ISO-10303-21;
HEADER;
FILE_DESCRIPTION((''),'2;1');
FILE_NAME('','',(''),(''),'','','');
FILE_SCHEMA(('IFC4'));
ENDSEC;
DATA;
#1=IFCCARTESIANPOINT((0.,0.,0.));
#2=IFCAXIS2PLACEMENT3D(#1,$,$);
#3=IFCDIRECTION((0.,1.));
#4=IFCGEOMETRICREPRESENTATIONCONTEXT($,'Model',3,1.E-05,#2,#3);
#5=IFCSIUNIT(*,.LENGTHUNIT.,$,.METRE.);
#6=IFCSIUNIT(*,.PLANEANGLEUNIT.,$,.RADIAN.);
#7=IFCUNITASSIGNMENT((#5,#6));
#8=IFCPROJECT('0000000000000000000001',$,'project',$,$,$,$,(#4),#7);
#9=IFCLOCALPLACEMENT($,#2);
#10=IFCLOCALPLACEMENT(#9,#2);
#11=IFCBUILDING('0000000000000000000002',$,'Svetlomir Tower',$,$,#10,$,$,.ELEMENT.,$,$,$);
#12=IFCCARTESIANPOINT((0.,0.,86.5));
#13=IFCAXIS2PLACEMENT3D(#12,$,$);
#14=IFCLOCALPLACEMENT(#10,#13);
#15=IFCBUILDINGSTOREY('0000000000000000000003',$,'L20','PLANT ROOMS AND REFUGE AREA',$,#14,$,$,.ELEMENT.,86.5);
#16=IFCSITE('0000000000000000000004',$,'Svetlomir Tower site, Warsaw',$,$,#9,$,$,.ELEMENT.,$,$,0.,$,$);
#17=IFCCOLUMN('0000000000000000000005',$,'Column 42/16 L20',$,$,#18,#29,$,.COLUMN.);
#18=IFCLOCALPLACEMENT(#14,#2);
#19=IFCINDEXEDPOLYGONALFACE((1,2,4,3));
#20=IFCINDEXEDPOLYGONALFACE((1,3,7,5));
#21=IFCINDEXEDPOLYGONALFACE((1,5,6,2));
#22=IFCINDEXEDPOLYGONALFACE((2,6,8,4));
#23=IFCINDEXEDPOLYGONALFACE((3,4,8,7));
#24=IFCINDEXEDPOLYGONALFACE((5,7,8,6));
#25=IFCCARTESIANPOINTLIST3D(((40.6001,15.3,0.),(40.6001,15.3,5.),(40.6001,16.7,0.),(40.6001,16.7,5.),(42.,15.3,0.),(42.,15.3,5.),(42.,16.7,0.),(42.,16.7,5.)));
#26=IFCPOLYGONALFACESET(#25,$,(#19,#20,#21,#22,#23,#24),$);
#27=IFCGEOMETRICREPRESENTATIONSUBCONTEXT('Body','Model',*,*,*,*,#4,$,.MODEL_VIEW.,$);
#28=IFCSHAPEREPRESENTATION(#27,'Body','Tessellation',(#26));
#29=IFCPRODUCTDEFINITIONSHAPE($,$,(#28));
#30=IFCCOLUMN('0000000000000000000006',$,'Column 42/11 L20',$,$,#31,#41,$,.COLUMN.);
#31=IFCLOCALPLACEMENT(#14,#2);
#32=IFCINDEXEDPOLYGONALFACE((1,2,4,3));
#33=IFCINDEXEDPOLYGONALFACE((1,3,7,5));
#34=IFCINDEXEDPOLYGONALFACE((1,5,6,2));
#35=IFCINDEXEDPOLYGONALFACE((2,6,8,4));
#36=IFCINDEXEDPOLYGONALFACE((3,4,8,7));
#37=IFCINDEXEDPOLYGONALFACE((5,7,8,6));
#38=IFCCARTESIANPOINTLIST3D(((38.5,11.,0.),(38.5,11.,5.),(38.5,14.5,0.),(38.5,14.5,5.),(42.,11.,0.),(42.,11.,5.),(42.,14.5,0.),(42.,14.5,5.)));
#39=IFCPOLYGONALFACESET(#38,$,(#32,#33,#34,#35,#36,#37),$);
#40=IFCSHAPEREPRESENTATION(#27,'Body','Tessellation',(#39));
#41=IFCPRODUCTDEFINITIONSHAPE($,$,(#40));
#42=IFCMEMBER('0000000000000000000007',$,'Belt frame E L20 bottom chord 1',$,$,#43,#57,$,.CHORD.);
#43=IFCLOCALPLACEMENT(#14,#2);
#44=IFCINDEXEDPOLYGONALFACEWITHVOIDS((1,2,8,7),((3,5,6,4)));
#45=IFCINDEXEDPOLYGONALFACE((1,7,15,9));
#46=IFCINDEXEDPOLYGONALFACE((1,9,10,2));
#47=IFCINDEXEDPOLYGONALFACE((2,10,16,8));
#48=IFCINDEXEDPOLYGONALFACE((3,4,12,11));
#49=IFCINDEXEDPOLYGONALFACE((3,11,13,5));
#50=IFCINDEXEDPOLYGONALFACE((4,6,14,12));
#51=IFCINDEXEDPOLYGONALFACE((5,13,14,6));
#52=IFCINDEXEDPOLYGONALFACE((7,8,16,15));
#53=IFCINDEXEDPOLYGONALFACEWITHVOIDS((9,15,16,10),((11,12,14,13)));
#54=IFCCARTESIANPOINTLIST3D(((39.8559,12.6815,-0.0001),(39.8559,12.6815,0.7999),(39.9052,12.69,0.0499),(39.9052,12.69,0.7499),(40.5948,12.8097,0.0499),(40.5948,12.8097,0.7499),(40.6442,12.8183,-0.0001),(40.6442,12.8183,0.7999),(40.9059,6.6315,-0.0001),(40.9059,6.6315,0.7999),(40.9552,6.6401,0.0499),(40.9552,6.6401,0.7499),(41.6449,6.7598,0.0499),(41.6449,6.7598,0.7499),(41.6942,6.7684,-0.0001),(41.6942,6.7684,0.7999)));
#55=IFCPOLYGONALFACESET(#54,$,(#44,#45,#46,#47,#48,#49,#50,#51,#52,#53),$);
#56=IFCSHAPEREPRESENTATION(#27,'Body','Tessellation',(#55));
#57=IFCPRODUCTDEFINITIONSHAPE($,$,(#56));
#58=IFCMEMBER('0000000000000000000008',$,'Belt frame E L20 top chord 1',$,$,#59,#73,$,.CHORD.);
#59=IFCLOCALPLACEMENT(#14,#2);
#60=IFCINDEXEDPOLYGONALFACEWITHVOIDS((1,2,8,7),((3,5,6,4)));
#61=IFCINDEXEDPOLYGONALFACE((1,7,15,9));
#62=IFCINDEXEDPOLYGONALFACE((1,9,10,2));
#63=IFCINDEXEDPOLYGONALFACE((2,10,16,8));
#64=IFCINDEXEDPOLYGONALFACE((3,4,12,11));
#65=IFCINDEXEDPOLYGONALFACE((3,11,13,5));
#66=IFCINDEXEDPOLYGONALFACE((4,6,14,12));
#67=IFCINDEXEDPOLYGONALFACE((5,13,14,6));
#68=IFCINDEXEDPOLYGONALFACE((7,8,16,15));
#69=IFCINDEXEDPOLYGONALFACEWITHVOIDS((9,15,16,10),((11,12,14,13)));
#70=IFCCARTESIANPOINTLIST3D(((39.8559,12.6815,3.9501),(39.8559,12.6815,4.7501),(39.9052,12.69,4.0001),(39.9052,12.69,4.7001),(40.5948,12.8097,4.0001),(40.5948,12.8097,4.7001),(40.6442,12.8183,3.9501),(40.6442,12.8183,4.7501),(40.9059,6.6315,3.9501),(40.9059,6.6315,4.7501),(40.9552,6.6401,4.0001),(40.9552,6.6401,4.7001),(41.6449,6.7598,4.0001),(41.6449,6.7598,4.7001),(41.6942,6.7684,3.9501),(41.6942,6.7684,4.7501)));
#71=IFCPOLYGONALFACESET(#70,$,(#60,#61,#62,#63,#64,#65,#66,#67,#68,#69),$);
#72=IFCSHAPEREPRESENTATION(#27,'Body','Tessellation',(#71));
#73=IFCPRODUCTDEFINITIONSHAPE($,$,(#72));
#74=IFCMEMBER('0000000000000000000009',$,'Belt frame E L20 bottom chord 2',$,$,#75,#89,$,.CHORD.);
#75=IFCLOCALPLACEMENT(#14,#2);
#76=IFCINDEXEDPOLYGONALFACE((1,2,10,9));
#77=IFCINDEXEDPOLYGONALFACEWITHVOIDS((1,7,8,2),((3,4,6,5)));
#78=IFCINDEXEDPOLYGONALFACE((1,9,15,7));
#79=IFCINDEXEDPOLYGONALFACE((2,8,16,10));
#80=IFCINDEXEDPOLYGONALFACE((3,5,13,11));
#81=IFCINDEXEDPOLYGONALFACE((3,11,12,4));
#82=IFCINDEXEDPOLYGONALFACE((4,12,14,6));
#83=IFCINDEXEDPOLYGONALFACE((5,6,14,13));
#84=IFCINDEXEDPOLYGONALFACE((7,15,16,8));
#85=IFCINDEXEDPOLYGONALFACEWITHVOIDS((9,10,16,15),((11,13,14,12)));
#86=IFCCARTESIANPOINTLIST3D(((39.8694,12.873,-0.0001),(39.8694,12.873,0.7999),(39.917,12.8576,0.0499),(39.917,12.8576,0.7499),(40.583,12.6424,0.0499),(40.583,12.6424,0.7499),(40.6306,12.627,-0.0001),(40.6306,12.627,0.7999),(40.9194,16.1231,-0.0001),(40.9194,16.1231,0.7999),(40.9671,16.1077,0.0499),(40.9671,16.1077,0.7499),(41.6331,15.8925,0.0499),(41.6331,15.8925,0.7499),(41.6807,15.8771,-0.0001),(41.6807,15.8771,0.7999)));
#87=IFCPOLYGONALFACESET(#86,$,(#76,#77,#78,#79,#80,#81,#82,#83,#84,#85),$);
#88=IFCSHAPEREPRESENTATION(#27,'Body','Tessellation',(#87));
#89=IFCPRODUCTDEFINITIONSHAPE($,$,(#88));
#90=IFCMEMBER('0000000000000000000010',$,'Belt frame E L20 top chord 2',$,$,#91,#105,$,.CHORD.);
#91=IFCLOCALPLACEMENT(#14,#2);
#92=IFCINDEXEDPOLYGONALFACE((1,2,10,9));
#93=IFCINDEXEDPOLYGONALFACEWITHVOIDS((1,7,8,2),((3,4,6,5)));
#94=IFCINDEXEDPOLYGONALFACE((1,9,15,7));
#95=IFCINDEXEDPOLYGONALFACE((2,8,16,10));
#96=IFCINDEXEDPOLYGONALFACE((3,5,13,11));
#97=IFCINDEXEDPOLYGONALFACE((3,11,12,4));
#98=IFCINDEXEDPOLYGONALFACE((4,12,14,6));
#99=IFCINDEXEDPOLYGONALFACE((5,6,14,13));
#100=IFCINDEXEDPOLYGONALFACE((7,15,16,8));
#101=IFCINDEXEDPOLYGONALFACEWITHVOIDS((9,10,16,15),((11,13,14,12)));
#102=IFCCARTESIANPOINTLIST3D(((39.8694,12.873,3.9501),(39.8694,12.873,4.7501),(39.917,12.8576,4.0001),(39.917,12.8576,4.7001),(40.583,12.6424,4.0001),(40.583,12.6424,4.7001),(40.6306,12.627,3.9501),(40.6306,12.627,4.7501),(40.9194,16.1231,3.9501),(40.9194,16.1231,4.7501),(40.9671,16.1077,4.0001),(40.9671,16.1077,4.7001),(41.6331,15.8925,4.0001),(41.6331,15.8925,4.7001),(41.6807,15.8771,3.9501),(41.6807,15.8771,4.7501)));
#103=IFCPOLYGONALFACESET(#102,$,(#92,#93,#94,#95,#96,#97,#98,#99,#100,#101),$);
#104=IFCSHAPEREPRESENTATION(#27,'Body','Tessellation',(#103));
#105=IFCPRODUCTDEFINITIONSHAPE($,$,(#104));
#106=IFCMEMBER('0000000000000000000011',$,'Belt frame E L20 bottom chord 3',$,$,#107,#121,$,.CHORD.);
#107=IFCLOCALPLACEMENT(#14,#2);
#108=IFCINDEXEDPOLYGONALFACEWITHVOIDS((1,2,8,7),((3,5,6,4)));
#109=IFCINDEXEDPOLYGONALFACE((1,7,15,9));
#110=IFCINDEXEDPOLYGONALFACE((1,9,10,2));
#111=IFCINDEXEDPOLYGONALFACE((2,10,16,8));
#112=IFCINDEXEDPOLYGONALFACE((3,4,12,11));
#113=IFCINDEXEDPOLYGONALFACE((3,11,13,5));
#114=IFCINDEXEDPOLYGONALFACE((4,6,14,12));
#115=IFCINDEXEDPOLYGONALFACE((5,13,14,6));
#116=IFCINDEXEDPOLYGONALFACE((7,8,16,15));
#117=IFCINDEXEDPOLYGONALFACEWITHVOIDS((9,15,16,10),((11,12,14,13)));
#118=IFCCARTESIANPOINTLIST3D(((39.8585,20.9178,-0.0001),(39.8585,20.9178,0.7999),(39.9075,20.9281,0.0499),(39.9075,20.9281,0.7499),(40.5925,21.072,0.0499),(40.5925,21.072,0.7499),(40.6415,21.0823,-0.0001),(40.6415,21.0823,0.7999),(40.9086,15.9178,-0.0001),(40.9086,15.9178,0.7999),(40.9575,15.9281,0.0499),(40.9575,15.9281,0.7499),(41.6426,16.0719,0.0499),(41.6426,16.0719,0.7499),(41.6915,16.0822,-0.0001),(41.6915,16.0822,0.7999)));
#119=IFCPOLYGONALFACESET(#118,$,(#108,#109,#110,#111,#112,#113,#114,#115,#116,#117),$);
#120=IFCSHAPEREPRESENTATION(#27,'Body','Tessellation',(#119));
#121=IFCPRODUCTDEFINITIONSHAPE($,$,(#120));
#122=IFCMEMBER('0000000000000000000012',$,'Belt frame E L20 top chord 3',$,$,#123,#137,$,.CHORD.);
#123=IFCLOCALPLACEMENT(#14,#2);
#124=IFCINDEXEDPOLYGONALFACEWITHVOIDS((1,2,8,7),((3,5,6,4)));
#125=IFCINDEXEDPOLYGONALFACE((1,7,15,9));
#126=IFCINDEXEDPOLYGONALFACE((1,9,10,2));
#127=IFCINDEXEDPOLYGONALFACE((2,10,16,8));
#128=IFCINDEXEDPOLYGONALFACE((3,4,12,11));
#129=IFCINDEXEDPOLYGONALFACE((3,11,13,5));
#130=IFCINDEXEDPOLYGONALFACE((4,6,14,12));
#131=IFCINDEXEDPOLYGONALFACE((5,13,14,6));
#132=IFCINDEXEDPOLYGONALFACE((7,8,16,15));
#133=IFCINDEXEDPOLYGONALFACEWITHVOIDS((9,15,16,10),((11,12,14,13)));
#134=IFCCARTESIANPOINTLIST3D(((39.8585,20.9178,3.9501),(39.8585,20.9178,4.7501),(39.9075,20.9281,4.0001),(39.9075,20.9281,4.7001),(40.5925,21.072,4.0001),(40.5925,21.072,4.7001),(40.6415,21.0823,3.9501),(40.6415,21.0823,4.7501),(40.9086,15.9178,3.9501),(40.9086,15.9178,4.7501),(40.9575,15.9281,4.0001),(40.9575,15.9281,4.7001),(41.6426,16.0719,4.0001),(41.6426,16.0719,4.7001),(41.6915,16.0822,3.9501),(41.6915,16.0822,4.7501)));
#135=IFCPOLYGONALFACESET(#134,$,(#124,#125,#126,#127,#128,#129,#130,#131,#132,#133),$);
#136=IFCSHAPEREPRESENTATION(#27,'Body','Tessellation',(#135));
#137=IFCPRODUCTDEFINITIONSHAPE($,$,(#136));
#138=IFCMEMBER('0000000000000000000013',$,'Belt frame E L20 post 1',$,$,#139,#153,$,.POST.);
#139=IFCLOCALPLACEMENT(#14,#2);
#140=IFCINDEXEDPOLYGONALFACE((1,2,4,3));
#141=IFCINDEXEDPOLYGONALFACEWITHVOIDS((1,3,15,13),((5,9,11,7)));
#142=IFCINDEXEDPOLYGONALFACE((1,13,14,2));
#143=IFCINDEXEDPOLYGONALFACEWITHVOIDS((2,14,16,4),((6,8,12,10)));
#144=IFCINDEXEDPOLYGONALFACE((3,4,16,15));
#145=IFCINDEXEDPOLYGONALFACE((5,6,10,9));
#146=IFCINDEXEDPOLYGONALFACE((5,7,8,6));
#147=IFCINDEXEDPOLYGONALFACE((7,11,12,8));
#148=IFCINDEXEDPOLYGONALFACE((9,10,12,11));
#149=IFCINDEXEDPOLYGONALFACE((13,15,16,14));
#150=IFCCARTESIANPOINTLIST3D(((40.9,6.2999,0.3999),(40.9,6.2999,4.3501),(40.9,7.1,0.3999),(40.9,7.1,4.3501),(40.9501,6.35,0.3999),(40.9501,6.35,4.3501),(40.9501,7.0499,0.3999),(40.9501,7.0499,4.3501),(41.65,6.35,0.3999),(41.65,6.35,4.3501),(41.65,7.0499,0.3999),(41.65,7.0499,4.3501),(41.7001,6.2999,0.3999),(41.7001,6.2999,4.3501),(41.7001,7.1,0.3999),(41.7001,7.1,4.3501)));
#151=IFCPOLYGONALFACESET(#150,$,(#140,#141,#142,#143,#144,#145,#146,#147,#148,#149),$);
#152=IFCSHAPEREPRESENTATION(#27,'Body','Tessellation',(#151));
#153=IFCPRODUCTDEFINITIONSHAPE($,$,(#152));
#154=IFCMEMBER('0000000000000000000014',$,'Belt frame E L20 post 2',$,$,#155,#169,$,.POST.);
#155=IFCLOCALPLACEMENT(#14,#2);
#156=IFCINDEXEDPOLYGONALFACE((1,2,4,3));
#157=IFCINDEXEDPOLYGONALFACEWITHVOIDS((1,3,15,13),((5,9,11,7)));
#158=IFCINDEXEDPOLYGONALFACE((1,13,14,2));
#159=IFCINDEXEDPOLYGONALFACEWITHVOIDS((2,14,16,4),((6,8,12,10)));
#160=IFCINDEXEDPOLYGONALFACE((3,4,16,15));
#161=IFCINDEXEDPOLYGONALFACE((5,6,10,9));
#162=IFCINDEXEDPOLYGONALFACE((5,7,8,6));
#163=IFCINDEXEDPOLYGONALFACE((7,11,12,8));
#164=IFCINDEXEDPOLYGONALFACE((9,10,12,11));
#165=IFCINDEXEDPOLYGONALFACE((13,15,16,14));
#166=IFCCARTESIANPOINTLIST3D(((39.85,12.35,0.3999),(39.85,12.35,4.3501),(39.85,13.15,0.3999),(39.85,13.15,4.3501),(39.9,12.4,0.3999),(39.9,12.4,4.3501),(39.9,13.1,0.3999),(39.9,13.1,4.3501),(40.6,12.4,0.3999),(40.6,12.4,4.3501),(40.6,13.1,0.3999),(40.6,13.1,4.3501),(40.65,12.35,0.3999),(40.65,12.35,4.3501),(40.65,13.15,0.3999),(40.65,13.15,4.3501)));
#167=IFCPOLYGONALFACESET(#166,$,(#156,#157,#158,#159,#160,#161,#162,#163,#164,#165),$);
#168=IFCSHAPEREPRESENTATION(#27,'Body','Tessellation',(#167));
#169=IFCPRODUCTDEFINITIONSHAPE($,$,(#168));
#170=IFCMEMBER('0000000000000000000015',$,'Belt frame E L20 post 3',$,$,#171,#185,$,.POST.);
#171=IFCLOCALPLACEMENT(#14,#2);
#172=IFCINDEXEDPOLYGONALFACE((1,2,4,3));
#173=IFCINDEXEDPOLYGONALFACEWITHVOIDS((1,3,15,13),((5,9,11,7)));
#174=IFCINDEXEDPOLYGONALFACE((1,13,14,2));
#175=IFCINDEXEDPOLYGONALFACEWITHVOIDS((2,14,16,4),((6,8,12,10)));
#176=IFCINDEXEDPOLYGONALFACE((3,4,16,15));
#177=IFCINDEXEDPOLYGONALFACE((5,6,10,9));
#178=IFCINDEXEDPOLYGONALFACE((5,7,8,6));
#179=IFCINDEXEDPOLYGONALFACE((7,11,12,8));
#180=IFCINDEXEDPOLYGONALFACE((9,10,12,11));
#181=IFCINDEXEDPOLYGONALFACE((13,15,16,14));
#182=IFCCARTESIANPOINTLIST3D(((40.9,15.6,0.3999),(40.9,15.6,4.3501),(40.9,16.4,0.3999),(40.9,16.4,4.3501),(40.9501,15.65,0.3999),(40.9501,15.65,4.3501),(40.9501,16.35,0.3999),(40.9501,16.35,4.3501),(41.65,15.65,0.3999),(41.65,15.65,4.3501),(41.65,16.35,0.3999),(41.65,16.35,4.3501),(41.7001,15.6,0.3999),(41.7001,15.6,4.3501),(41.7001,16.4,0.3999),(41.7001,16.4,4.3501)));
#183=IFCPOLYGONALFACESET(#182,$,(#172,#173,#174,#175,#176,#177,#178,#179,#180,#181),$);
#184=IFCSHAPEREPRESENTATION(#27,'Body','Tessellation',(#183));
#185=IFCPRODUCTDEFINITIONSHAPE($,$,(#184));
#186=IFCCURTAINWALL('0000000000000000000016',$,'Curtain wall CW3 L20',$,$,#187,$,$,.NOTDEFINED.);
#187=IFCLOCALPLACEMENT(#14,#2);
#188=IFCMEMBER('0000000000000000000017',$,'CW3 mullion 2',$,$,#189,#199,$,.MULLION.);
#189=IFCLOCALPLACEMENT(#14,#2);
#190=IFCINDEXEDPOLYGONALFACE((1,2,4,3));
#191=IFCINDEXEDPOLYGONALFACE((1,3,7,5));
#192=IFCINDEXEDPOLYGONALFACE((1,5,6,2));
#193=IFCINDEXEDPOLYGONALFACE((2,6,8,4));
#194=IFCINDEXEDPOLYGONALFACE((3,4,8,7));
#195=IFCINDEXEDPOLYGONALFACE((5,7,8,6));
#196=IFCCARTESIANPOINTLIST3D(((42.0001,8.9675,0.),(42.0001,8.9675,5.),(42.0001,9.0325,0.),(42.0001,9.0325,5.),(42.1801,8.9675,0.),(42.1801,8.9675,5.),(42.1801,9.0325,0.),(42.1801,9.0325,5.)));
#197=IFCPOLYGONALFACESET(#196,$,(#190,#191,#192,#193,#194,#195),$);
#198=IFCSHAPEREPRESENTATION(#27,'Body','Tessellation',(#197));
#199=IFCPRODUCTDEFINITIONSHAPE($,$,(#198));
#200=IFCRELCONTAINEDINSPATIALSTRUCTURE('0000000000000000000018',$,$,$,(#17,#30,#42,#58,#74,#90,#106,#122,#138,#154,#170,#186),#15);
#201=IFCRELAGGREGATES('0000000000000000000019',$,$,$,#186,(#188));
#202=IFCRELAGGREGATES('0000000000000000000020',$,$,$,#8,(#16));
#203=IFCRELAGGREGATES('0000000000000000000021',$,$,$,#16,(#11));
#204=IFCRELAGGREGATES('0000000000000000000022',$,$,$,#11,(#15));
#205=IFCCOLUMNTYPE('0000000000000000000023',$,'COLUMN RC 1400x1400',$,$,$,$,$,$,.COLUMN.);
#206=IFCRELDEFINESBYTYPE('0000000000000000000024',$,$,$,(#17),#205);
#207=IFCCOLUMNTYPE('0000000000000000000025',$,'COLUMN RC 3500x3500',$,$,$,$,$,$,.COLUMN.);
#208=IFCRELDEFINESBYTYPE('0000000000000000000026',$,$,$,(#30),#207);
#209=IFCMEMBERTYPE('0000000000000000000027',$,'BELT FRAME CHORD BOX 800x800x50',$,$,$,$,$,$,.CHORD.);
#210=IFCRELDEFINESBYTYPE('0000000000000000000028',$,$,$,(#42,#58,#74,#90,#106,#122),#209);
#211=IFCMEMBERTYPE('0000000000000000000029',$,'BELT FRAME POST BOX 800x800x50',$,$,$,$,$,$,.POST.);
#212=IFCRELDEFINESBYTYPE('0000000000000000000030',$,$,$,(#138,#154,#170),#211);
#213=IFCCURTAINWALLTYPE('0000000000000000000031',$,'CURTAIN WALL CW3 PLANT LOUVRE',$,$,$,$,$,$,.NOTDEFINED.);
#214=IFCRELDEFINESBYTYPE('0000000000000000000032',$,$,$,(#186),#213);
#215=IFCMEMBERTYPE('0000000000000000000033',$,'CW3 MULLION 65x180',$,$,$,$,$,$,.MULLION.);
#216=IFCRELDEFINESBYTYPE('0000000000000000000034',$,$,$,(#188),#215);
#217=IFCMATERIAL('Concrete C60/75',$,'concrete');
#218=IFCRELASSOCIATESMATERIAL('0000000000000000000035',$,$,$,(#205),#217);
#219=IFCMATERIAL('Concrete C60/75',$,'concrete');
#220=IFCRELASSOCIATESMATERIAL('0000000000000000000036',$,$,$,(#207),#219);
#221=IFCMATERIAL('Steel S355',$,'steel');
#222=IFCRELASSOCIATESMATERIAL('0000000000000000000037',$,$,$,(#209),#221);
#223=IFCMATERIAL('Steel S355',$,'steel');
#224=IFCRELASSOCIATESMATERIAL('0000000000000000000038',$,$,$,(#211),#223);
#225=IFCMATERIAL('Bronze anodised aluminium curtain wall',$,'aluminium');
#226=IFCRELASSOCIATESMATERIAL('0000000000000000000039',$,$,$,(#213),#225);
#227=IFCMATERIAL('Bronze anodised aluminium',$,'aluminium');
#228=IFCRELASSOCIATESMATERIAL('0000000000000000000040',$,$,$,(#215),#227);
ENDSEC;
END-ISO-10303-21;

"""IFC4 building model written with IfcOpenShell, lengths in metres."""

from ifc_helpers import new_model, si_unit, direction, frame, origin, origin_2d, place, context, subcontext, project, spatial, rectangle, hollow_rectangle, extrude, material, material_profile, profile_set, type_object, element, aggregate, save


model = new_model("IFC4")

# Units and contexts
model_context = context("Model", 3, precision=1e-05, world=origin(), true_north=direction((0.0, 1.0)))
body_context = subcontext(model_context, "Body", "Model", "MODEL_VIEW")
ifc_project = project(units=[si_unit("LENGTHUNIT", "METRE"), si_unit("PLANEANGLEUNIT", "RADIAN")], contexts=[model_context])

# Site, building, storey
site_placement = place(None, origin())
site = spatial("IfcSite", under=ifc_project, at=site_placement, Name="Svetlomir Tower site, Warsaw", CompositionType="ELEMENT", RefElevation=0.0)
building_placement = place(site_placement, origin())
building = spatial("IfcBuilding", under=site, at=building_placement, Name="Svetlomir Tower", CompositionType="ELEMENT")
storey_placement = place(building_placement, frame((0.0, 0.0, 86.5)))
storey = spatial("IfcBuildingStorey", under=building, at=storey_placement, Name="L20", Description="PLANT ROOMS AND REFUGE AREA", CompositionType="ELEMENT", Elevation=86.5)

# Columns
ifc_material_1 = material(Name="Concrete C60/75", Category="concrete")
ifc_material_profile_1 = material_profile(ifc_material_1, rectangle(XDim=1.3999, YDim=1.3999, at=origin_2d()), Name="RC 1400x1400")
ifc_profile_set_1 = profile_set([ifc_material_profile_1], Name="Concrete C60/75")
column_type_1 = type_object("IfcColumnType", Name="COLUMN RC 1400x1400", PredefinedType="COLUMN", material=ifc_profile_set_1)
column_1_placement = place(storey_placement, frame((41.3, 16.0, 0.0), z_axis=(0.0, 0.0, 1.0), x_axis=(1.0, 0.0, 0.0)))
element("IfcColumn", 1, at=column_1_placement, inside=storey, type_object=column_type_1, Name="Column 42/16 L20", PredefinedType="COLUMN", context=body_context, shape_type="SweptSolid", body=[
    extrude(rectangle(XDim=1.3999, YDim=1.3999, at=origin_2d()), origin(), (0.0, 0.0, 1.0), 5.0),
])
ifc_material_2 = material(Name="Concrete C60/75", Category="concrete")
ifc_material_profile_2 = material_profile(ifc_material_2, rectangle(XDim=3.5, YDim=3.5, at=origin_2d()), Name="RC 3500x3500")
ifc_profile_set_2 = profile_set([ifc_material_profile_2], Name="Concrete C60/75")
column_type_2 = type_object("IfcColumnType", Name="COLUMN RC 3500x3500", PredefinedType="COLUMN", material=ifc_profile_set_2)
column_2_placement = place(storey_placement, frame((40.25, 12.75, 0.0), z_axis=(0.0, 0.0, 1.0), x_axis=(1.0, 0.0, 0.0)))
element("IfcColumn", 2, at=column_2_placement, inside=storey, type_object=column_type_2, Name="Column 42/11 L20", PredefinedType="COLUMN", context=body_context, shape_type="SweptSolid", body=[
    extrude(rectangle(XDim=3.5, YDim=3.5, at=origin_2d()), origin(), (0.0, 0.0, 1.0), 5.0),
])

# Members
ifc_material_3 = material(Name="Steel S355", Category="steel")
ifc_material_profile_3 = material_profile(ifc_material_3, hollow_rectangle(XDim=0.8, YDim=0.8, WallThickness=0.05, at=origin_2d()), Name="BOX 800x800x50")
ifc_profile_set_3 = profile_set([ifc_material_profile_3], Name="Steel S355")
member_type_1 = type_object("IfcMemberType", Name="BELT FRAME CHORD BOX 800x800x50", PredefinedType="CHORD", material=ifc_profile_set_3)
for number, where, z_axis, x_axis, name in (
    (3, (41.3, 6.7, 0.3999), (-0.171004, 0.98527, 0.0), (-0.98527, -0.171004, 0.0), "Belt frame E L20 bottom chord 1"),
    (4, (41.3, 6.7, 4.3501), (-0.171004, 0.98527, 0.0), (-0.98527, -0.171004, 0.0), "Belt frame E L20 top chord 1"),
):
    element("IfcMember", number, at=place(storey_placement, frame(where, z_axis=z_axis, x_axis=x_axis)), inside=storey, type_object=member_type_1, Name=name, PredefinedType="CHORD", context=body_context, shape_type="SweptSolid", body=[
        extrude(hollow_rectangle(XDim=0.8, YDim=0.8, WallThickness=0.05, at=origin_2d()), origin(), (0.0, 0.0, 1.0), 6.1404),
    ])
for number, where, z_axis, x_axis, name in (
    (5, (40.25, 12.75, 0.3999), (0.307443, 0.951566, 0.0), (-0.951566, 0.307443, 0.0), "Belt frame E L20 bottom chord 2"),
    (6, (40.25, 12.75, 4.3501), (0.307443, 0.951566, 0.0), (-0.951566, 0.307443, 0.0), "Belt frame E L20 top chord 2"),
):
    element("IfcMember", number, at=place(storey_placement, frame(where, z_axis=z_axis, x_axis=x_axis)), inside=storey, type_object=member_type_1, Name=name, PredefinedType="CHORD", context=body_context, shape_type="SweptSolid", body=[
        extrude(hollow_rectangle(XDim=0.8, YDim=0.8, WallThickness=0.05, at=origin_2d()), origin(), (0.0, 0.0, 1.0), 3.4155),
    ])
for number, where, z_axis, x_axis, name in (
    (7, (41.3, 16.0, 0.3999), (-0.205526, 0.978652, 0.0), (-0.978652, -0.205526, 0.0), "Belt frame E L20 bottom chord 3"),
    (8, (41.3, 16.0, 4.3501), (-0.205526, 0.978652, 0.0), (-0.978652, -0.205526, 0.0), "Belt frame E L20 top chord 3"),
):
    element("IfcMember", number, at=place(storey_placement, frame(where, z_axis=z_axis, x_axis=x_axis)), inside=storey, type_object=member_type_1, Name=name, PredefinedType="CHORD", context=body_context, shape_type="SweptSolid", body=[
        extrude(hollow_rectangle(XDim=0.8, YDim=0.8, WallThickness=0.05, at=origin_2d()), origin(), (0.0, 0.0, 1.0), 5.1091),
    ])
ifc_material_4 = material(Name="Steel S355", Category="steel")
ifc_material_profile_4 = material_profile(ifc_material_4, hollow_rectangle(XDim=0.8, YDim=0.8, WallThickness=0.05, at=origin_2d()), Name="BOX 800x800x50")
ifc_profile_set_4 = profile_set([ifc_material_profile_4], Name="Steel S355")
member_type_2 = type_object("IfcMemberType", Name="BELT FRAME POST BOX 800x800x50", PredefinedType="POST", material=ifc_profile_set_4)
for number, where, z_axis, x_axis, name in (
    (9, (41.3, 6.7, 0.3999), (0.0, 0.0, 1.0), (1.0, 0.0, 0.0), "Belt frame E L20 post 1"),
    (10, (40.25, 12.75, 0.3999), (0.0, 0.0, 1.0), (1.0, 0.0, 0.0), "Belt frame E L20 post 2"),
    (11, (41.3, 16.0, 0.3999), (0.0, 0.0, 1.0), (1.0, 0.0, 0.0), "Belt frame E L20 post 3"),
):
    element("IfcMember", number, at=place(storey_placement, frame(where, z_axis=z_axis, x_axis=x_axis)), inside=storey, type_object=member_type_2, Name=name, PredefinedType="POST", context=body_context, shape_type="SweptSolid", body=[
        extrude(hollow_rectangle(XDim=0.8, YDim=0.8, WallThickness=0.05, at=origin_2d()), origin(), (0.0, 0.0, 1.0), 3.9502),
    ])

# Curtain wall, member
ifc_material_5 = material(Name="Bronze anodised aluminium curtain wall", Category="aluminium")
curtain_wall_type = type_object("IfcCurtainWallType", Name="CURTAIN WALL CW3 PLANT LOUVRE", PredefinedType="NOTDEFINED", material=ifc_material_5)
curtain_wall_placement = place(storey_placement, origin())
curtain_wall = element("IfcCurtainWall", 12, at=curtain_wall_placement, inside=storey, type_object=curtain_wall_type, Name="Curtain wall CW3 L20", PredefinedType="NOTDEFINED")
ifc_material_6 = material(Name="Bronze anodised aluminium", Category="aluminium")
ifc_material_profile_5 = material_profile(ifc_material_6, rectangle(XDim=0.0649, YDim=0.1799, at=origin_2d()), Name="AL 65x180")
ifc_profile_set_5 = profile_set([ifc_material_profile_5], Name="Bronze anodised aluminium 6063-T6")
member_type_3 = type_object("IfcMemberType", Name="CW3 MULLION 65x180", PredefinedType="MULLION", material=ifc_profile_set_5)
member_1_placement = place(storey_placement, frame((42.0901, 9.0, 0.0), z_axis=(0.0, 0.0, 1.0), x_axis=(0.0, 1.0, 0.0)))
member_1 = element("IfcMember", 13, at=member_1_placement, type_object=member_type_3, Name="CW3 mullion 2", PredefinedType="MULLION", context=body_context, shape_type="SweptSolid", body=[
    extrude(rectangle(XDim=0.0649, YDim=0.1799, at=origin_2d()), origin(), (0.0, 0.0, 1.0), 5.0),
])
aggregate(curtain_wall, [member_1])

save(model, "model.ifc")
